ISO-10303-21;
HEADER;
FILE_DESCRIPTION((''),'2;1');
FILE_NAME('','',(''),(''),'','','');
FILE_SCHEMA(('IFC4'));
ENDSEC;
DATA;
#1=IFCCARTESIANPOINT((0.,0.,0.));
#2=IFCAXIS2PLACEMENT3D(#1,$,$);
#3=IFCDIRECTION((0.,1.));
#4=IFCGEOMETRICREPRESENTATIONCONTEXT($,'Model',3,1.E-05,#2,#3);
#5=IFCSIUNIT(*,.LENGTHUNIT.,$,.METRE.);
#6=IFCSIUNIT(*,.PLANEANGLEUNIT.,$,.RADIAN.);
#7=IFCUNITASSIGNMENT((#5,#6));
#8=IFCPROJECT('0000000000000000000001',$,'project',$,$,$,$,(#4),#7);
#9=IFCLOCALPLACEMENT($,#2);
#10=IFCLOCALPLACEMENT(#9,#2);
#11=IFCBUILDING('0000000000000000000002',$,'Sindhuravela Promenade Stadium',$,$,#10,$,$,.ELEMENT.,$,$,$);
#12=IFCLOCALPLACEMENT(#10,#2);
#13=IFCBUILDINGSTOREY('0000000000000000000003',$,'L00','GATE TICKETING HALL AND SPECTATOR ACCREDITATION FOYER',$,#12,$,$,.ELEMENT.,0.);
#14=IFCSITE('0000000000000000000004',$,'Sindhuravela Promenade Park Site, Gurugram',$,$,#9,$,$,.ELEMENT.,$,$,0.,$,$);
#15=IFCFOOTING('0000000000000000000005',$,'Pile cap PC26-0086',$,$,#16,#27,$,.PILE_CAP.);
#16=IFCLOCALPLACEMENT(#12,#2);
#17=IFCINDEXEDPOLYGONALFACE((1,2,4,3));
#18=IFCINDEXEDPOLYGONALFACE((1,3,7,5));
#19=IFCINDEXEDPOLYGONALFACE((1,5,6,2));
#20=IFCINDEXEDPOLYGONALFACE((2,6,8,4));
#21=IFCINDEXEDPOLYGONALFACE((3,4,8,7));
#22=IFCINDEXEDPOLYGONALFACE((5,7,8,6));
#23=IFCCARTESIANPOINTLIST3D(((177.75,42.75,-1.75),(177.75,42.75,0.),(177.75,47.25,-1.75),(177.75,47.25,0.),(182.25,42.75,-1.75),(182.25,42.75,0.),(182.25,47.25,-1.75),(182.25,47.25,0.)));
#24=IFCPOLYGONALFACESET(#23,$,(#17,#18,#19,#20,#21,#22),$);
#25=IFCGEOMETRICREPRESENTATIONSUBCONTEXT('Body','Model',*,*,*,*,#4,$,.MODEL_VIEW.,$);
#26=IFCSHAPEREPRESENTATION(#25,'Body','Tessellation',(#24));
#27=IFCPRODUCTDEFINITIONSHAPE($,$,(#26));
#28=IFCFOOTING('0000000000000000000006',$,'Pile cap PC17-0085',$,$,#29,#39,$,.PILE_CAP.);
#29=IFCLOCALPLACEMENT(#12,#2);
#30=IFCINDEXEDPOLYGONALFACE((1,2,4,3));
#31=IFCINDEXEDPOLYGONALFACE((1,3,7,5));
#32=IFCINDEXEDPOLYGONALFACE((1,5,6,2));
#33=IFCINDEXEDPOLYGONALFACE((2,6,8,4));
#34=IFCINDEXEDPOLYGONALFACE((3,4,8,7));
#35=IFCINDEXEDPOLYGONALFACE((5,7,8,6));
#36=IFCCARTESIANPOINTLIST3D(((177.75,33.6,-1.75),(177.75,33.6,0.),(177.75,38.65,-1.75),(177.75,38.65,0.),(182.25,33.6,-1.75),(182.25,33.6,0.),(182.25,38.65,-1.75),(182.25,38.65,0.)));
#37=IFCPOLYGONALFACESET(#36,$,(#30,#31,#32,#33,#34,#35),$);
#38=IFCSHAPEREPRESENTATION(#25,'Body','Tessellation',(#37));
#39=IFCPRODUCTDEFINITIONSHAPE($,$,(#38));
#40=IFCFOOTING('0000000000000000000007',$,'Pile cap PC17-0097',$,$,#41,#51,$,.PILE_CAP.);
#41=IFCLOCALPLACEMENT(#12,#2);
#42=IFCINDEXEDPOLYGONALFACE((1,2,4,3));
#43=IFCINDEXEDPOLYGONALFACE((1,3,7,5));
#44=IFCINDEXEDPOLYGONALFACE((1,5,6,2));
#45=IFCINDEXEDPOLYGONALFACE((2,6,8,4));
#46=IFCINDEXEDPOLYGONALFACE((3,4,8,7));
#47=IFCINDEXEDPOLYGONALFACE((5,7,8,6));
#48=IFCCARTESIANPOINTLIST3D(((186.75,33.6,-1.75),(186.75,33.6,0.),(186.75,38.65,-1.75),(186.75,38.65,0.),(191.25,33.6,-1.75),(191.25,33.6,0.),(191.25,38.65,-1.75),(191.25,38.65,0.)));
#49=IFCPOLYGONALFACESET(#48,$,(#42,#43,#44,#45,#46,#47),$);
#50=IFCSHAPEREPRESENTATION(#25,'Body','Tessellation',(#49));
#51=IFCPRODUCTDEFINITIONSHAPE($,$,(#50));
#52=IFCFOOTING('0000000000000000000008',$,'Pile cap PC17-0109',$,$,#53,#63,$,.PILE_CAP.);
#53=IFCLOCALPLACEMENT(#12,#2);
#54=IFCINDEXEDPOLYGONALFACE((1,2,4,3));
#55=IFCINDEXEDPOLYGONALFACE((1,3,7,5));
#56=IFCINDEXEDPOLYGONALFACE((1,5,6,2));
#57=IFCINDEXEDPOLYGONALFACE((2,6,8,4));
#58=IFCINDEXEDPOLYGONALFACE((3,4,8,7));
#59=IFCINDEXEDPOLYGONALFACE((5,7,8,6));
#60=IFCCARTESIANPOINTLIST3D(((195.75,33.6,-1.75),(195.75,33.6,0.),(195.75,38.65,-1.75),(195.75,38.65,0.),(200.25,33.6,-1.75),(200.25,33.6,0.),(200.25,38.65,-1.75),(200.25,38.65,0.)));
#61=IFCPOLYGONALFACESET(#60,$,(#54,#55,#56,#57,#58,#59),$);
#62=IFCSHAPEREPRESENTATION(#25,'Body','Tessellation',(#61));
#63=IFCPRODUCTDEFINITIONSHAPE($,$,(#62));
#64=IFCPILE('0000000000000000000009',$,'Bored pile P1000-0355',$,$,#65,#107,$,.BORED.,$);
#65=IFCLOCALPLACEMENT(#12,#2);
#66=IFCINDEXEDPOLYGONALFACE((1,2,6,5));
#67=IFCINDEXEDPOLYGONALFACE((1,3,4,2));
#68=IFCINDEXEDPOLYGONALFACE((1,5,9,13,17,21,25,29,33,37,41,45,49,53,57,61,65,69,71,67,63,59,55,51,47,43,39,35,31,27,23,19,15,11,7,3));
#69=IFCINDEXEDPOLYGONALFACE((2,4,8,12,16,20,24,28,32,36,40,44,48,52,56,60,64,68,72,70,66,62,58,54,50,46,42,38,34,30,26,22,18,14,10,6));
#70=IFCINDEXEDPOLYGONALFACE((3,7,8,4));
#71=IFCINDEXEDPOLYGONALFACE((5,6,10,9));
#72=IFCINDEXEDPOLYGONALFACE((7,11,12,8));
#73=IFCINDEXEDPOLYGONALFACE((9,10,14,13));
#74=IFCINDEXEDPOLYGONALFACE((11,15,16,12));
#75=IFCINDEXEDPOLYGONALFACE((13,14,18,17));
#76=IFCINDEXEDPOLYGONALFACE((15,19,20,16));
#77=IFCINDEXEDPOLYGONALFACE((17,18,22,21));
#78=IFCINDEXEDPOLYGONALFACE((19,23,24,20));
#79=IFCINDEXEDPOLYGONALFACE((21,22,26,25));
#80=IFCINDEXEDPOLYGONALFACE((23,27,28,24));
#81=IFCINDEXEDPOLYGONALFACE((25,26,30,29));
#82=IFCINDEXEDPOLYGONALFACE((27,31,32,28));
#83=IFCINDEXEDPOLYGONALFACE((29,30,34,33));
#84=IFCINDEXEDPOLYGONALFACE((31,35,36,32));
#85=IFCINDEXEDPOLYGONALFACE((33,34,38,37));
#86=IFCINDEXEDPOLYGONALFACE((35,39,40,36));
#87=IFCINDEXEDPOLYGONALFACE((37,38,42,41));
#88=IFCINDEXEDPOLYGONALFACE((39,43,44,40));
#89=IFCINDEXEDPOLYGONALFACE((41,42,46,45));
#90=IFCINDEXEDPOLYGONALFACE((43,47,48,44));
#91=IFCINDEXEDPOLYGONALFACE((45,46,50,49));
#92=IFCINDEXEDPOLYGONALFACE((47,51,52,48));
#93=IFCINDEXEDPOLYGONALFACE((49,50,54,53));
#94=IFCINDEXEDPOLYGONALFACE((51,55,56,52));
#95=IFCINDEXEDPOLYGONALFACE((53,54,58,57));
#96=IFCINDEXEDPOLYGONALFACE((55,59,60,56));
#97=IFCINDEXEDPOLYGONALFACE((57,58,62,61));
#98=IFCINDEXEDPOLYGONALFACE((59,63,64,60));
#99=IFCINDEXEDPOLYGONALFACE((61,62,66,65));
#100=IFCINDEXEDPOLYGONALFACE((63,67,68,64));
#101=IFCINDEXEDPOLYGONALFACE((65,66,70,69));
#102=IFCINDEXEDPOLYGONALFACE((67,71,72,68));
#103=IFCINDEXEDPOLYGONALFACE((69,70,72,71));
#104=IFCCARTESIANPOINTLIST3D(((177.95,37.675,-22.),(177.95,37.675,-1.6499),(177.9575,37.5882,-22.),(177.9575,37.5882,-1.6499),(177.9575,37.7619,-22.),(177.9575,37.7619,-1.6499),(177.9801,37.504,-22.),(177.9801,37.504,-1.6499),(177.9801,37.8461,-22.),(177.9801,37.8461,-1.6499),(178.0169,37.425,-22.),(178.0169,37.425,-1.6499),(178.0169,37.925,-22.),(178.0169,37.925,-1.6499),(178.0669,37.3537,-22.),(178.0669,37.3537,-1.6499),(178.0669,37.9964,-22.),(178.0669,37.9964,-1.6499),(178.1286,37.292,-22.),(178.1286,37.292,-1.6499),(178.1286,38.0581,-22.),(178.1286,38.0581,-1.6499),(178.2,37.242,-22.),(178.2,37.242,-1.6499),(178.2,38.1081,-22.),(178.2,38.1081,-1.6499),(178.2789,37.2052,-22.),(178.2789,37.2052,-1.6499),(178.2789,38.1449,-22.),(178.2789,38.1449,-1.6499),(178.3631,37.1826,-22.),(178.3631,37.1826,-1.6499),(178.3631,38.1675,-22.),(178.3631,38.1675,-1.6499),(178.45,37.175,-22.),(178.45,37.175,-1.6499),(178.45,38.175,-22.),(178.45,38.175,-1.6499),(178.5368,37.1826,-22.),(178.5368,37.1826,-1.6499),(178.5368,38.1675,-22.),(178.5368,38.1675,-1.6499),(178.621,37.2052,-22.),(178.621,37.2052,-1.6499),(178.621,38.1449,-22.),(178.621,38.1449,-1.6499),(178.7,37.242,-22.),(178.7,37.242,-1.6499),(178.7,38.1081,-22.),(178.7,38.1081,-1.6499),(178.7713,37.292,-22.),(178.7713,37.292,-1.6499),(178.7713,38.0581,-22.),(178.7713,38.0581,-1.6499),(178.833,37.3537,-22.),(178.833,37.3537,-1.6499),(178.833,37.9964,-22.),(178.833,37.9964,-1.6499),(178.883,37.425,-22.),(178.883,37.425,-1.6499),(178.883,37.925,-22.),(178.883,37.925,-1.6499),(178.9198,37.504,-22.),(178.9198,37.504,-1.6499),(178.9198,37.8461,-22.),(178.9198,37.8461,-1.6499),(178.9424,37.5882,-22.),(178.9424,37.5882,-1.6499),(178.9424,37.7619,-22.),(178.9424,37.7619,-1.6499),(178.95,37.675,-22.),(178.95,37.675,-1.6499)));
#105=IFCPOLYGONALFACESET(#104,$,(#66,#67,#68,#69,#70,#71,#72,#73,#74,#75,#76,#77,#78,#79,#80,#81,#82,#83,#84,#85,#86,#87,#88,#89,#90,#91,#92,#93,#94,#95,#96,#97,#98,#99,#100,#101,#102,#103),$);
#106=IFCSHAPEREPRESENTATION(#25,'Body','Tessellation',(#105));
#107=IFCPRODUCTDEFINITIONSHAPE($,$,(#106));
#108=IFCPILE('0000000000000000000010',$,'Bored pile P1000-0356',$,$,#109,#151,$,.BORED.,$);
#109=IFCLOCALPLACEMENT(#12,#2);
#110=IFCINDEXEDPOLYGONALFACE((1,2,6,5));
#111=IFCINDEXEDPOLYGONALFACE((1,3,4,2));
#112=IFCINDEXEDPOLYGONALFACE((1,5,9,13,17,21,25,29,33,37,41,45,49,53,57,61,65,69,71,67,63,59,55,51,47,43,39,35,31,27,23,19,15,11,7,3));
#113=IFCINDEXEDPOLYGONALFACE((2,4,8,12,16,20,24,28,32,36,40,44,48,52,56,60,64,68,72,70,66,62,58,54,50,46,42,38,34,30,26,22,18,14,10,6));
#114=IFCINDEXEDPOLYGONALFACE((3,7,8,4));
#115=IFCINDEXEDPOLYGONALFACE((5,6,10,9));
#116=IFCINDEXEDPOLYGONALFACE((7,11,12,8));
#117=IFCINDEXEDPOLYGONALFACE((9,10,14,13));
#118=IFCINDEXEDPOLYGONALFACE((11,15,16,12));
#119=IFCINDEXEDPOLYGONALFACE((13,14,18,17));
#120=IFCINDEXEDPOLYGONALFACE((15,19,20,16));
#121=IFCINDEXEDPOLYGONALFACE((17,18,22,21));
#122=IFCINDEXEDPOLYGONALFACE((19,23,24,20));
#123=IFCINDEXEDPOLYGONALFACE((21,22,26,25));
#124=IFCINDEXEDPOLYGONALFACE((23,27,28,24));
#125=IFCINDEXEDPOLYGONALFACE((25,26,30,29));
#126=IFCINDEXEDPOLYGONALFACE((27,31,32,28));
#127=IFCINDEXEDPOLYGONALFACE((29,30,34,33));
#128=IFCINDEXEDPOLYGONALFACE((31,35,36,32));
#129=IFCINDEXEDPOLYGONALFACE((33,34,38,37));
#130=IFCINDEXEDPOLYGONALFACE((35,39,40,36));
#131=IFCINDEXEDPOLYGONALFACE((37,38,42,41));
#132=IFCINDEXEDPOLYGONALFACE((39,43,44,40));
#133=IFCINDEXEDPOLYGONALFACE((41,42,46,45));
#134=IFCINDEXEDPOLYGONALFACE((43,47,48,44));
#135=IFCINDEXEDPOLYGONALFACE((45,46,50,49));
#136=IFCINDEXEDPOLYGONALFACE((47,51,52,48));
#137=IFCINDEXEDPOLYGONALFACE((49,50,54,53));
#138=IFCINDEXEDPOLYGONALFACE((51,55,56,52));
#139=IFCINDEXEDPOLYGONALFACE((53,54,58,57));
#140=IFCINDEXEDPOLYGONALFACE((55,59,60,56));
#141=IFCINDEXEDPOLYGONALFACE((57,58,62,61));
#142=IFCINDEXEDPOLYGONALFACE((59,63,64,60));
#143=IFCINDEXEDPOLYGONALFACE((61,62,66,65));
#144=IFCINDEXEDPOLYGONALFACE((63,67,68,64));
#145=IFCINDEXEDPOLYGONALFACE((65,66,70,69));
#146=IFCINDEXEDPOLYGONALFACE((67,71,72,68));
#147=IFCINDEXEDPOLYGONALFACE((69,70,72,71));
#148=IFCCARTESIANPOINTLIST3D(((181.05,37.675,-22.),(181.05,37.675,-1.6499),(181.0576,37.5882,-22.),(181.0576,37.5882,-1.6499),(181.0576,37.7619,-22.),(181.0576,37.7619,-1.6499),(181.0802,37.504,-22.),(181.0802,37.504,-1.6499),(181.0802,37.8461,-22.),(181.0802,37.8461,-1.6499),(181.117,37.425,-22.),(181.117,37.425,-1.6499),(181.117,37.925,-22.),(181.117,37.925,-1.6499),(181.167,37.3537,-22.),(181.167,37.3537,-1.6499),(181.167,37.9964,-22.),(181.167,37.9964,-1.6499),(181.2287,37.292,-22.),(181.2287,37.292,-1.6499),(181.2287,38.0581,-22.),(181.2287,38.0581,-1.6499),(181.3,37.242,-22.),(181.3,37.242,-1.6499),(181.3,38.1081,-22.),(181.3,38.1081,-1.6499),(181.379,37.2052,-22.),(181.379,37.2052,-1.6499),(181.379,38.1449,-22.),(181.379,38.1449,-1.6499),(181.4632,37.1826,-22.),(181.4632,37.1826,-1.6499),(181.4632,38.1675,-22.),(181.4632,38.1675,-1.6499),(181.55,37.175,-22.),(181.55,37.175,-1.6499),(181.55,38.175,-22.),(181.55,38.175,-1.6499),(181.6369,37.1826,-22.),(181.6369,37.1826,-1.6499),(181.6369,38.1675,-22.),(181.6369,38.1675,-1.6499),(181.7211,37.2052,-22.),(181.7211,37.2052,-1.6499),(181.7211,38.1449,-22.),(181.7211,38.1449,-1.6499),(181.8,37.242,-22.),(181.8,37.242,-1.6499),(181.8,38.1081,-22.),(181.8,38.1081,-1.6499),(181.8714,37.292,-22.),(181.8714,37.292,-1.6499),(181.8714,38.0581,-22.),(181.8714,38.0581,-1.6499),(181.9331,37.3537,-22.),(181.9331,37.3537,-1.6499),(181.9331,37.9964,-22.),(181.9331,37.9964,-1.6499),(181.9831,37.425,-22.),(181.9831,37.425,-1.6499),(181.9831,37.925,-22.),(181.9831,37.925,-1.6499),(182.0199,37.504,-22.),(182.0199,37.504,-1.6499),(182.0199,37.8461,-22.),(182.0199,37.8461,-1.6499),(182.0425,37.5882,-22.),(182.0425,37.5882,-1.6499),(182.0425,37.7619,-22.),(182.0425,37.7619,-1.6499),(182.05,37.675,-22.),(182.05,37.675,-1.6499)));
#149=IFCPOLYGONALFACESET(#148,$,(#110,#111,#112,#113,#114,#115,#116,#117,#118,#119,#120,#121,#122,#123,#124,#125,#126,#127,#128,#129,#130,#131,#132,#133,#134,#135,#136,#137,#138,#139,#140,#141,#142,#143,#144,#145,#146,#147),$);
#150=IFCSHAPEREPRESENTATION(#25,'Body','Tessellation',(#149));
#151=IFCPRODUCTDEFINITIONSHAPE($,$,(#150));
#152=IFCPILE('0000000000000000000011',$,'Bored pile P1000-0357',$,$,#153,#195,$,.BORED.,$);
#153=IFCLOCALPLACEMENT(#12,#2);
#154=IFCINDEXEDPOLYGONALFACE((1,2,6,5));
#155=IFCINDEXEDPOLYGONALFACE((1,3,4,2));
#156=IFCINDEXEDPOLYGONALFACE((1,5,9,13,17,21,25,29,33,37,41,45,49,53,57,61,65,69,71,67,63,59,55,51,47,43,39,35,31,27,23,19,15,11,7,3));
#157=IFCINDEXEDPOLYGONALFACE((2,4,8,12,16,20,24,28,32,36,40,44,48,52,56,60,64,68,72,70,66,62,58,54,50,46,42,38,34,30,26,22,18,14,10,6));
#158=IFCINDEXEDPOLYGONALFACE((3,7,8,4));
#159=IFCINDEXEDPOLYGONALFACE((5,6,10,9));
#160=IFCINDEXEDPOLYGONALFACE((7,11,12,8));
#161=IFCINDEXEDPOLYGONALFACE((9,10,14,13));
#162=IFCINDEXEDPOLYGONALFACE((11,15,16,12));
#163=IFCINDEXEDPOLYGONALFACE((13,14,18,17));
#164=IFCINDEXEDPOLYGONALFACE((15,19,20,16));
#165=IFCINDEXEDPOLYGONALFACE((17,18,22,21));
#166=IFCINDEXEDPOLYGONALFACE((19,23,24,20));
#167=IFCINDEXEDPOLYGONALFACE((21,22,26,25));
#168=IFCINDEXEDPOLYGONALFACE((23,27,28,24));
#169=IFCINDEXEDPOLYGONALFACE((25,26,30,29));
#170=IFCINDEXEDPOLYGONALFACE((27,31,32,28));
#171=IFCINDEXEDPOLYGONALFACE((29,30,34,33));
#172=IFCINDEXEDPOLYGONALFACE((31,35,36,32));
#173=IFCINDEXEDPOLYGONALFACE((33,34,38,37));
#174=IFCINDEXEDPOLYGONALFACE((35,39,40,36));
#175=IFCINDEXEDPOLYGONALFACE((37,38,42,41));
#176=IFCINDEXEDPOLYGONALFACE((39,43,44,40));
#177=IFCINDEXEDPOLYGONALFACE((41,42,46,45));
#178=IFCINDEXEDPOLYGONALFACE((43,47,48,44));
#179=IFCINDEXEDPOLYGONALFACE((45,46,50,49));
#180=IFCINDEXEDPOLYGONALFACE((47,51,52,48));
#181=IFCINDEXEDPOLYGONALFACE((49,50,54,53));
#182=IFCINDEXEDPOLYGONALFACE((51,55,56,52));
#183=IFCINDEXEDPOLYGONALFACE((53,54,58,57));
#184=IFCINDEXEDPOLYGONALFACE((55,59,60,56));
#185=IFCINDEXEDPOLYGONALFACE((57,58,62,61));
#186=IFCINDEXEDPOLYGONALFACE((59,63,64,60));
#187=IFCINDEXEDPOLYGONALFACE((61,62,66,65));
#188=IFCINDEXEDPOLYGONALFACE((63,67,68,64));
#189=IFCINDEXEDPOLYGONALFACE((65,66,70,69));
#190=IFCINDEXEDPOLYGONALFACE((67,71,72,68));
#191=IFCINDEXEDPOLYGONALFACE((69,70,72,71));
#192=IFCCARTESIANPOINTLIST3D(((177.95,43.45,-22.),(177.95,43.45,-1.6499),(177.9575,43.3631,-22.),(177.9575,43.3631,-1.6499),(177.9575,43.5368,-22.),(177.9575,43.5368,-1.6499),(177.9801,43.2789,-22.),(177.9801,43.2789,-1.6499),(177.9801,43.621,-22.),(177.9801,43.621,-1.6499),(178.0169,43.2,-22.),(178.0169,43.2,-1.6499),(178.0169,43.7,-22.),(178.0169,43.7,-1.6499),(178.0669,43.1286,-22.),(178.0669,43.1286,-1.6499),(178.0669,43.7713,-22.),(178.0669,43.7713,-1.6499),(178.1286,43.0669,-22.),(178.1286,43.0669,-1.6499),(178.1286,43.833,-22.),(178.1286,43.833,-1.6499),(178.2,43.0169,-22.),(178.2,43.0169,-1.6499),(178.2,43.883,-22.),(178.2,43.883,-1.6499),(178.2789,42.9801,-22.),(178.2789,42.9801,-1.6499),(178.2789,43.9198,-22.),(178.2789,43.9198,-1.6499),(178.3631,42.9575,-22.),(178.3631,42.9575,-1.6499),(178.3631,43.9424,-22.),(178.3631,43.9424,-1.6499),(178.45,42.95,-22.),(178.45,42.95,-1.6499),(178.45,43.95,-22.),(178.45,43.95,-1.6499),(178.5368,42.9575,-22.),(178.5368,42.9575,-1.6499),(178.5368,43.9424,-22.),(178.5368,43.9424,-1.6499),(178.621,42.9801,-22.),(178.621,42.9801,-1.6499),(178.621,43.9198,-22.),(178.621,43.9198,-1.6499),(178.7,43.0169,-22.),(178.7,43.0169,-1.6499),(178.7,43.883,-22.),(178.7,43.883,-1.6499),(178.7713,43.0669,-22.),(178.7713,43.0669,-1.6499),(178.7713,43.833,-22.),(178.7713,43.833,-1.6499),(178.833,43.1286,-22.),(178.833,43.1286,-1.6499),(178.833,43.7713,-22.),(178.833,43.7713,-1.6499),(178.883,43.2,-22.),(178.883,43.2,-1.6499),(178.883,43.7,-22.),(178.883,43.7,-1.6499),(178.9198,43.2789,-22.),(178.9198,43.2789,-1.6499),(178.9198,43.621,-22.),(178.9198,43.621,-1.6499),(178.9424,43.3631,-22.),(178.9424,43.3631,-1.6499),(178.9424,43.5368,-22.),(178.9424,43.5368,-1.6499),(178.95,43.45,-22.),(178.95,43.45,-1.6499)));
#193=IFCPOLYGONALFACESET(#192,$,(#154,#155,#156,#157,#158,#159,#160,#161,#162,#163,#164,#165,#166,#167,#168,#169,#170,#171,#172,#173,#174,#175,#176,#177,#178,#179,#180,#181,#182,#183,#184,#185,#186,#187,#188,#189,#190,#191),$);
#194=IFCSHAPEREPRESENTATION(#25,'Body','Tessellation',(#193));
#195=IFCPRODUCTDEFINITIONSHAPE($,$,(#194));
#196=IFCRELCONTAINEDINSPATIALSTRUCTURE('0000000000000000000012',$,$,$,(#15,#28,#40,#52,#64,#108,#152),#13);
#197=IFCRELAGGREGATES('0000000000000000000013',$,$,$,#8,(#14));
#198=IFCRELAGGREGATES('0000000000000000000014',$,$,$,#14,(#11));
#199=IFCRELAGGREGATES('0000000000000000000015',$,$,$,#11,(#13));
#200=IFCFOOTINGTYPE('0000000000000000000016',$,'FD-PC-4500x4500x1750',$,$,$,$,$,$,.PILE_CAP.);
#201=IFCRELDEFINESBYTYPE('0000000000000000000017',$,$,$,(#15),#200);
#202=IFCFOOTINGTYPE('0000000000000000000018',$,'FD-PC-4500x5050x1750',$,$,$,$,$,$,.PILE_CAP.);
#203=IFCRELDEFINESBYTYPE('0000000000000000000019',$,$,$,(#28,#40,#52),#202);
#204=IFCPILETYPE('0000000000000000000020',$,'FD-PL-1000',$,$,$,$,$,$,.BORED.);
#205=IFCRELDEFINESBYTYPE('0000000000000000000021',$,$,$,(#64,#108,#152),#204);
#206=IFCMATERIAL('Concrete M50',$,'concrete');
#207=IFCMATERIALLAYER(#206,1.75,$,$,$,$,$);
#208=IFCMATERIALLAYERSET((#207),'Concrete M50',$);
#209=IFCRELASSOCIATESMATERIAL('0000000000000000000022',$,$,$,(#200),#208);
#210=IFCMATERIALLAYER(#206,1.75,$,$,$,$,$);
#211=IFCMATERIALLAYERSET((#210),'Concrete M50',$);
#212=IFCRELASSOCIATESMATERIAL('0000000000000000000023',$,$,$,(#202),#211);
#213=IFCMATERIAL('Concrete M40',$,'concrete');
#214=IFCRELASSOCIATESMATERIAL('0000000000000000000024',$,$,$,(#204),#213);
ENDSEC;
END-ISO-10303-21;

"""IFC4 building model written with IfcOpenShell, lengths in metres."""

from ifc_helpers import new_model, si_unit, direction, frame, origin, origin_2d, place, context, subcontext, project, spatial, rectangle, circle, extrude, material, layer, layer_set, material_profile, profile_set, type_object, element, save


model = new_model("IFC4")

# Units and contexts
model_context = context("Model", 3, precision=1e-05, world=origin(), true_north=direction((0.0, 1.0)))
body_context = subcontext(model_context, "Body", "Model", "MODEL_VIEW")
ifc_project = project(units=[si_unit("LENGTHUNIT", "METRE"), si_unit("PLANEANGLEUNIT", "RADIAN")], contexts=[model_context])

# Site, building, storey
site_placement = place(None, origin())
site = spatial("IfcSite", under=ifc_project, at=site_placement, Name="Sindhuravela Promenade Park Site, Gurugram", CompositionType="ELEMENT", RefElevation=0.0)
building_placement = place(site_placement, origin())
building = spatial("IfcBuilding", under=site, at=building_placement, Name="Sindhuravela Promenade Stadium", CompositionType="ELEMENT")
storey_placement = place(building_placement, origin())
storey = spatial("IfcBuildingStorey", under=building, at=storey_placement, Name="L00", Description="GATE TICKETING HALL AND SPECTATOR ACCREDITATION FOYER", CompositionType="ELEMENT", Elevation=0.0)

# Footings
ifc_material_1 = material(Name="Concrete M50", Category="concrete")
ifc_layer_1 = layer(ifc_material_1, 1.75)
ifc_layer_set_1 = layer_set([ifc_layer_1], Name="Concrete M50")
footing_type_1 = type_object("IfcFootingType", Name="FD-PC-4500x4500x1750", PredefinedType="PILE_CAP", material=ifc_layer_set_1)
footing_placement = place(storey_placement, frame((180.0, 45.0, -1.75), z_axis=(0.0, 0.0, 1.0), x_axis=(1.0, 0.0, 0.0)))
element("IfcFooting", 1, at=footing_placement, inside=storey, type_object=footing_type_1, Name="Pile cap PC26-0086", PredefinedType="PILE_CAP", context=body_context, shape_type="SweptSolid", body=[
    extrude(rectangle(XDim=4.5, YDim=4.5, at=origin_2d()), origin(), (0.0, 0.0, 1.0), 1.75),
])
ifc_layer_2 = layer(ifc_material_1, 1.75)
ifc_layer_set_2 = layer_set([ifc_layer_2], Name="Concrete M50")
footing_type_2 = type_object("IfcFootingType", Name="FD-PC-4500x5050x1750", PredefinedType="PILE_CAP", material=ifc_layer_set_2)
for number, where, z_axis, x_axis, name in (
    (2, (180.0, 36.125, -1.75), (0.0, 0.0, 1.0), (1.0, 0.0, 0.0), "Pile cap PC17-0085"),
    (3, (189.0, 36.125, -1.75), (0.0, 0.0, 1.0), (1.0, 0.0, 0.0), "Pile cap PC17-0097"),
    (4, (198.0, 36.125, -1.75), (0.0, 0.0, 1.0), (1.0, 0.0, 0.0), "Pile cap PC17-0109"),
):
    element("IfcFooting", number, at=place(storey_placement, frame(where, z_axis=z_axis, x_axis=x_axis)), inside=storey, type_object=footing_type_2, Name=name, PredefinedType="PILE_CAP", context=body_context, shape_type="SweptSolid", body=[
        extrude(rectangle(XDim=4.5, YDim=5.05, at=origin_2d()), origin(), (0.0, 0.0, 1.0), 1.75),
    ])

# Piles
ifc_material_2 = material(Name="Concrete M40", Category="concrete")
ifc_material_profile_1 = material_profile(ifc_material_2, circle(Radius=0.5, at=origin_2d()), Name="BORED PILE D1000")
ifc_profile_set_1 = profile_set([ifc_material_profile_1], Name="Concrete M40")
pile_type = type_object("IfcPileType", Name="FD-PL-1000", PredefinedType="BORED", material=ifc_profile_set_1)
for number, where, z_axis, x_axis, name in (
    (5, (178.45, 37.675, -1.6499), (0.0, 0.0, -1.0), (1.0, 0.0, 0.0), "Bored pile P1000-0355"),
    (6, (181.55, 37.675, -1.6499), (0.0, 0.0, -1.0), (1.0, 0.0, 0.0), "Bored pile P1000-0356"),
    (7, (178.45, 43.45, -1.6499), (0.0, 0.0, -1.0), (1.0, 0.0, 0.0), "Bored pile P1000-0357"),
):
    element("IfcPile", number, at=place(storey_placement, frame(where, z_axis=z_axis, x_axis=x_axis)), inside=storey, type_object=pile_type, Name=name, PredefinedType="BORED", context=body_context, shape_type="SweptSolid", body=[
        extrude(circle(Radius=0.5, at=origin_2d()), origin(), (0.0, 0.0, 1.0), 20.3501),
    ])

save(model, "model.ifc")
